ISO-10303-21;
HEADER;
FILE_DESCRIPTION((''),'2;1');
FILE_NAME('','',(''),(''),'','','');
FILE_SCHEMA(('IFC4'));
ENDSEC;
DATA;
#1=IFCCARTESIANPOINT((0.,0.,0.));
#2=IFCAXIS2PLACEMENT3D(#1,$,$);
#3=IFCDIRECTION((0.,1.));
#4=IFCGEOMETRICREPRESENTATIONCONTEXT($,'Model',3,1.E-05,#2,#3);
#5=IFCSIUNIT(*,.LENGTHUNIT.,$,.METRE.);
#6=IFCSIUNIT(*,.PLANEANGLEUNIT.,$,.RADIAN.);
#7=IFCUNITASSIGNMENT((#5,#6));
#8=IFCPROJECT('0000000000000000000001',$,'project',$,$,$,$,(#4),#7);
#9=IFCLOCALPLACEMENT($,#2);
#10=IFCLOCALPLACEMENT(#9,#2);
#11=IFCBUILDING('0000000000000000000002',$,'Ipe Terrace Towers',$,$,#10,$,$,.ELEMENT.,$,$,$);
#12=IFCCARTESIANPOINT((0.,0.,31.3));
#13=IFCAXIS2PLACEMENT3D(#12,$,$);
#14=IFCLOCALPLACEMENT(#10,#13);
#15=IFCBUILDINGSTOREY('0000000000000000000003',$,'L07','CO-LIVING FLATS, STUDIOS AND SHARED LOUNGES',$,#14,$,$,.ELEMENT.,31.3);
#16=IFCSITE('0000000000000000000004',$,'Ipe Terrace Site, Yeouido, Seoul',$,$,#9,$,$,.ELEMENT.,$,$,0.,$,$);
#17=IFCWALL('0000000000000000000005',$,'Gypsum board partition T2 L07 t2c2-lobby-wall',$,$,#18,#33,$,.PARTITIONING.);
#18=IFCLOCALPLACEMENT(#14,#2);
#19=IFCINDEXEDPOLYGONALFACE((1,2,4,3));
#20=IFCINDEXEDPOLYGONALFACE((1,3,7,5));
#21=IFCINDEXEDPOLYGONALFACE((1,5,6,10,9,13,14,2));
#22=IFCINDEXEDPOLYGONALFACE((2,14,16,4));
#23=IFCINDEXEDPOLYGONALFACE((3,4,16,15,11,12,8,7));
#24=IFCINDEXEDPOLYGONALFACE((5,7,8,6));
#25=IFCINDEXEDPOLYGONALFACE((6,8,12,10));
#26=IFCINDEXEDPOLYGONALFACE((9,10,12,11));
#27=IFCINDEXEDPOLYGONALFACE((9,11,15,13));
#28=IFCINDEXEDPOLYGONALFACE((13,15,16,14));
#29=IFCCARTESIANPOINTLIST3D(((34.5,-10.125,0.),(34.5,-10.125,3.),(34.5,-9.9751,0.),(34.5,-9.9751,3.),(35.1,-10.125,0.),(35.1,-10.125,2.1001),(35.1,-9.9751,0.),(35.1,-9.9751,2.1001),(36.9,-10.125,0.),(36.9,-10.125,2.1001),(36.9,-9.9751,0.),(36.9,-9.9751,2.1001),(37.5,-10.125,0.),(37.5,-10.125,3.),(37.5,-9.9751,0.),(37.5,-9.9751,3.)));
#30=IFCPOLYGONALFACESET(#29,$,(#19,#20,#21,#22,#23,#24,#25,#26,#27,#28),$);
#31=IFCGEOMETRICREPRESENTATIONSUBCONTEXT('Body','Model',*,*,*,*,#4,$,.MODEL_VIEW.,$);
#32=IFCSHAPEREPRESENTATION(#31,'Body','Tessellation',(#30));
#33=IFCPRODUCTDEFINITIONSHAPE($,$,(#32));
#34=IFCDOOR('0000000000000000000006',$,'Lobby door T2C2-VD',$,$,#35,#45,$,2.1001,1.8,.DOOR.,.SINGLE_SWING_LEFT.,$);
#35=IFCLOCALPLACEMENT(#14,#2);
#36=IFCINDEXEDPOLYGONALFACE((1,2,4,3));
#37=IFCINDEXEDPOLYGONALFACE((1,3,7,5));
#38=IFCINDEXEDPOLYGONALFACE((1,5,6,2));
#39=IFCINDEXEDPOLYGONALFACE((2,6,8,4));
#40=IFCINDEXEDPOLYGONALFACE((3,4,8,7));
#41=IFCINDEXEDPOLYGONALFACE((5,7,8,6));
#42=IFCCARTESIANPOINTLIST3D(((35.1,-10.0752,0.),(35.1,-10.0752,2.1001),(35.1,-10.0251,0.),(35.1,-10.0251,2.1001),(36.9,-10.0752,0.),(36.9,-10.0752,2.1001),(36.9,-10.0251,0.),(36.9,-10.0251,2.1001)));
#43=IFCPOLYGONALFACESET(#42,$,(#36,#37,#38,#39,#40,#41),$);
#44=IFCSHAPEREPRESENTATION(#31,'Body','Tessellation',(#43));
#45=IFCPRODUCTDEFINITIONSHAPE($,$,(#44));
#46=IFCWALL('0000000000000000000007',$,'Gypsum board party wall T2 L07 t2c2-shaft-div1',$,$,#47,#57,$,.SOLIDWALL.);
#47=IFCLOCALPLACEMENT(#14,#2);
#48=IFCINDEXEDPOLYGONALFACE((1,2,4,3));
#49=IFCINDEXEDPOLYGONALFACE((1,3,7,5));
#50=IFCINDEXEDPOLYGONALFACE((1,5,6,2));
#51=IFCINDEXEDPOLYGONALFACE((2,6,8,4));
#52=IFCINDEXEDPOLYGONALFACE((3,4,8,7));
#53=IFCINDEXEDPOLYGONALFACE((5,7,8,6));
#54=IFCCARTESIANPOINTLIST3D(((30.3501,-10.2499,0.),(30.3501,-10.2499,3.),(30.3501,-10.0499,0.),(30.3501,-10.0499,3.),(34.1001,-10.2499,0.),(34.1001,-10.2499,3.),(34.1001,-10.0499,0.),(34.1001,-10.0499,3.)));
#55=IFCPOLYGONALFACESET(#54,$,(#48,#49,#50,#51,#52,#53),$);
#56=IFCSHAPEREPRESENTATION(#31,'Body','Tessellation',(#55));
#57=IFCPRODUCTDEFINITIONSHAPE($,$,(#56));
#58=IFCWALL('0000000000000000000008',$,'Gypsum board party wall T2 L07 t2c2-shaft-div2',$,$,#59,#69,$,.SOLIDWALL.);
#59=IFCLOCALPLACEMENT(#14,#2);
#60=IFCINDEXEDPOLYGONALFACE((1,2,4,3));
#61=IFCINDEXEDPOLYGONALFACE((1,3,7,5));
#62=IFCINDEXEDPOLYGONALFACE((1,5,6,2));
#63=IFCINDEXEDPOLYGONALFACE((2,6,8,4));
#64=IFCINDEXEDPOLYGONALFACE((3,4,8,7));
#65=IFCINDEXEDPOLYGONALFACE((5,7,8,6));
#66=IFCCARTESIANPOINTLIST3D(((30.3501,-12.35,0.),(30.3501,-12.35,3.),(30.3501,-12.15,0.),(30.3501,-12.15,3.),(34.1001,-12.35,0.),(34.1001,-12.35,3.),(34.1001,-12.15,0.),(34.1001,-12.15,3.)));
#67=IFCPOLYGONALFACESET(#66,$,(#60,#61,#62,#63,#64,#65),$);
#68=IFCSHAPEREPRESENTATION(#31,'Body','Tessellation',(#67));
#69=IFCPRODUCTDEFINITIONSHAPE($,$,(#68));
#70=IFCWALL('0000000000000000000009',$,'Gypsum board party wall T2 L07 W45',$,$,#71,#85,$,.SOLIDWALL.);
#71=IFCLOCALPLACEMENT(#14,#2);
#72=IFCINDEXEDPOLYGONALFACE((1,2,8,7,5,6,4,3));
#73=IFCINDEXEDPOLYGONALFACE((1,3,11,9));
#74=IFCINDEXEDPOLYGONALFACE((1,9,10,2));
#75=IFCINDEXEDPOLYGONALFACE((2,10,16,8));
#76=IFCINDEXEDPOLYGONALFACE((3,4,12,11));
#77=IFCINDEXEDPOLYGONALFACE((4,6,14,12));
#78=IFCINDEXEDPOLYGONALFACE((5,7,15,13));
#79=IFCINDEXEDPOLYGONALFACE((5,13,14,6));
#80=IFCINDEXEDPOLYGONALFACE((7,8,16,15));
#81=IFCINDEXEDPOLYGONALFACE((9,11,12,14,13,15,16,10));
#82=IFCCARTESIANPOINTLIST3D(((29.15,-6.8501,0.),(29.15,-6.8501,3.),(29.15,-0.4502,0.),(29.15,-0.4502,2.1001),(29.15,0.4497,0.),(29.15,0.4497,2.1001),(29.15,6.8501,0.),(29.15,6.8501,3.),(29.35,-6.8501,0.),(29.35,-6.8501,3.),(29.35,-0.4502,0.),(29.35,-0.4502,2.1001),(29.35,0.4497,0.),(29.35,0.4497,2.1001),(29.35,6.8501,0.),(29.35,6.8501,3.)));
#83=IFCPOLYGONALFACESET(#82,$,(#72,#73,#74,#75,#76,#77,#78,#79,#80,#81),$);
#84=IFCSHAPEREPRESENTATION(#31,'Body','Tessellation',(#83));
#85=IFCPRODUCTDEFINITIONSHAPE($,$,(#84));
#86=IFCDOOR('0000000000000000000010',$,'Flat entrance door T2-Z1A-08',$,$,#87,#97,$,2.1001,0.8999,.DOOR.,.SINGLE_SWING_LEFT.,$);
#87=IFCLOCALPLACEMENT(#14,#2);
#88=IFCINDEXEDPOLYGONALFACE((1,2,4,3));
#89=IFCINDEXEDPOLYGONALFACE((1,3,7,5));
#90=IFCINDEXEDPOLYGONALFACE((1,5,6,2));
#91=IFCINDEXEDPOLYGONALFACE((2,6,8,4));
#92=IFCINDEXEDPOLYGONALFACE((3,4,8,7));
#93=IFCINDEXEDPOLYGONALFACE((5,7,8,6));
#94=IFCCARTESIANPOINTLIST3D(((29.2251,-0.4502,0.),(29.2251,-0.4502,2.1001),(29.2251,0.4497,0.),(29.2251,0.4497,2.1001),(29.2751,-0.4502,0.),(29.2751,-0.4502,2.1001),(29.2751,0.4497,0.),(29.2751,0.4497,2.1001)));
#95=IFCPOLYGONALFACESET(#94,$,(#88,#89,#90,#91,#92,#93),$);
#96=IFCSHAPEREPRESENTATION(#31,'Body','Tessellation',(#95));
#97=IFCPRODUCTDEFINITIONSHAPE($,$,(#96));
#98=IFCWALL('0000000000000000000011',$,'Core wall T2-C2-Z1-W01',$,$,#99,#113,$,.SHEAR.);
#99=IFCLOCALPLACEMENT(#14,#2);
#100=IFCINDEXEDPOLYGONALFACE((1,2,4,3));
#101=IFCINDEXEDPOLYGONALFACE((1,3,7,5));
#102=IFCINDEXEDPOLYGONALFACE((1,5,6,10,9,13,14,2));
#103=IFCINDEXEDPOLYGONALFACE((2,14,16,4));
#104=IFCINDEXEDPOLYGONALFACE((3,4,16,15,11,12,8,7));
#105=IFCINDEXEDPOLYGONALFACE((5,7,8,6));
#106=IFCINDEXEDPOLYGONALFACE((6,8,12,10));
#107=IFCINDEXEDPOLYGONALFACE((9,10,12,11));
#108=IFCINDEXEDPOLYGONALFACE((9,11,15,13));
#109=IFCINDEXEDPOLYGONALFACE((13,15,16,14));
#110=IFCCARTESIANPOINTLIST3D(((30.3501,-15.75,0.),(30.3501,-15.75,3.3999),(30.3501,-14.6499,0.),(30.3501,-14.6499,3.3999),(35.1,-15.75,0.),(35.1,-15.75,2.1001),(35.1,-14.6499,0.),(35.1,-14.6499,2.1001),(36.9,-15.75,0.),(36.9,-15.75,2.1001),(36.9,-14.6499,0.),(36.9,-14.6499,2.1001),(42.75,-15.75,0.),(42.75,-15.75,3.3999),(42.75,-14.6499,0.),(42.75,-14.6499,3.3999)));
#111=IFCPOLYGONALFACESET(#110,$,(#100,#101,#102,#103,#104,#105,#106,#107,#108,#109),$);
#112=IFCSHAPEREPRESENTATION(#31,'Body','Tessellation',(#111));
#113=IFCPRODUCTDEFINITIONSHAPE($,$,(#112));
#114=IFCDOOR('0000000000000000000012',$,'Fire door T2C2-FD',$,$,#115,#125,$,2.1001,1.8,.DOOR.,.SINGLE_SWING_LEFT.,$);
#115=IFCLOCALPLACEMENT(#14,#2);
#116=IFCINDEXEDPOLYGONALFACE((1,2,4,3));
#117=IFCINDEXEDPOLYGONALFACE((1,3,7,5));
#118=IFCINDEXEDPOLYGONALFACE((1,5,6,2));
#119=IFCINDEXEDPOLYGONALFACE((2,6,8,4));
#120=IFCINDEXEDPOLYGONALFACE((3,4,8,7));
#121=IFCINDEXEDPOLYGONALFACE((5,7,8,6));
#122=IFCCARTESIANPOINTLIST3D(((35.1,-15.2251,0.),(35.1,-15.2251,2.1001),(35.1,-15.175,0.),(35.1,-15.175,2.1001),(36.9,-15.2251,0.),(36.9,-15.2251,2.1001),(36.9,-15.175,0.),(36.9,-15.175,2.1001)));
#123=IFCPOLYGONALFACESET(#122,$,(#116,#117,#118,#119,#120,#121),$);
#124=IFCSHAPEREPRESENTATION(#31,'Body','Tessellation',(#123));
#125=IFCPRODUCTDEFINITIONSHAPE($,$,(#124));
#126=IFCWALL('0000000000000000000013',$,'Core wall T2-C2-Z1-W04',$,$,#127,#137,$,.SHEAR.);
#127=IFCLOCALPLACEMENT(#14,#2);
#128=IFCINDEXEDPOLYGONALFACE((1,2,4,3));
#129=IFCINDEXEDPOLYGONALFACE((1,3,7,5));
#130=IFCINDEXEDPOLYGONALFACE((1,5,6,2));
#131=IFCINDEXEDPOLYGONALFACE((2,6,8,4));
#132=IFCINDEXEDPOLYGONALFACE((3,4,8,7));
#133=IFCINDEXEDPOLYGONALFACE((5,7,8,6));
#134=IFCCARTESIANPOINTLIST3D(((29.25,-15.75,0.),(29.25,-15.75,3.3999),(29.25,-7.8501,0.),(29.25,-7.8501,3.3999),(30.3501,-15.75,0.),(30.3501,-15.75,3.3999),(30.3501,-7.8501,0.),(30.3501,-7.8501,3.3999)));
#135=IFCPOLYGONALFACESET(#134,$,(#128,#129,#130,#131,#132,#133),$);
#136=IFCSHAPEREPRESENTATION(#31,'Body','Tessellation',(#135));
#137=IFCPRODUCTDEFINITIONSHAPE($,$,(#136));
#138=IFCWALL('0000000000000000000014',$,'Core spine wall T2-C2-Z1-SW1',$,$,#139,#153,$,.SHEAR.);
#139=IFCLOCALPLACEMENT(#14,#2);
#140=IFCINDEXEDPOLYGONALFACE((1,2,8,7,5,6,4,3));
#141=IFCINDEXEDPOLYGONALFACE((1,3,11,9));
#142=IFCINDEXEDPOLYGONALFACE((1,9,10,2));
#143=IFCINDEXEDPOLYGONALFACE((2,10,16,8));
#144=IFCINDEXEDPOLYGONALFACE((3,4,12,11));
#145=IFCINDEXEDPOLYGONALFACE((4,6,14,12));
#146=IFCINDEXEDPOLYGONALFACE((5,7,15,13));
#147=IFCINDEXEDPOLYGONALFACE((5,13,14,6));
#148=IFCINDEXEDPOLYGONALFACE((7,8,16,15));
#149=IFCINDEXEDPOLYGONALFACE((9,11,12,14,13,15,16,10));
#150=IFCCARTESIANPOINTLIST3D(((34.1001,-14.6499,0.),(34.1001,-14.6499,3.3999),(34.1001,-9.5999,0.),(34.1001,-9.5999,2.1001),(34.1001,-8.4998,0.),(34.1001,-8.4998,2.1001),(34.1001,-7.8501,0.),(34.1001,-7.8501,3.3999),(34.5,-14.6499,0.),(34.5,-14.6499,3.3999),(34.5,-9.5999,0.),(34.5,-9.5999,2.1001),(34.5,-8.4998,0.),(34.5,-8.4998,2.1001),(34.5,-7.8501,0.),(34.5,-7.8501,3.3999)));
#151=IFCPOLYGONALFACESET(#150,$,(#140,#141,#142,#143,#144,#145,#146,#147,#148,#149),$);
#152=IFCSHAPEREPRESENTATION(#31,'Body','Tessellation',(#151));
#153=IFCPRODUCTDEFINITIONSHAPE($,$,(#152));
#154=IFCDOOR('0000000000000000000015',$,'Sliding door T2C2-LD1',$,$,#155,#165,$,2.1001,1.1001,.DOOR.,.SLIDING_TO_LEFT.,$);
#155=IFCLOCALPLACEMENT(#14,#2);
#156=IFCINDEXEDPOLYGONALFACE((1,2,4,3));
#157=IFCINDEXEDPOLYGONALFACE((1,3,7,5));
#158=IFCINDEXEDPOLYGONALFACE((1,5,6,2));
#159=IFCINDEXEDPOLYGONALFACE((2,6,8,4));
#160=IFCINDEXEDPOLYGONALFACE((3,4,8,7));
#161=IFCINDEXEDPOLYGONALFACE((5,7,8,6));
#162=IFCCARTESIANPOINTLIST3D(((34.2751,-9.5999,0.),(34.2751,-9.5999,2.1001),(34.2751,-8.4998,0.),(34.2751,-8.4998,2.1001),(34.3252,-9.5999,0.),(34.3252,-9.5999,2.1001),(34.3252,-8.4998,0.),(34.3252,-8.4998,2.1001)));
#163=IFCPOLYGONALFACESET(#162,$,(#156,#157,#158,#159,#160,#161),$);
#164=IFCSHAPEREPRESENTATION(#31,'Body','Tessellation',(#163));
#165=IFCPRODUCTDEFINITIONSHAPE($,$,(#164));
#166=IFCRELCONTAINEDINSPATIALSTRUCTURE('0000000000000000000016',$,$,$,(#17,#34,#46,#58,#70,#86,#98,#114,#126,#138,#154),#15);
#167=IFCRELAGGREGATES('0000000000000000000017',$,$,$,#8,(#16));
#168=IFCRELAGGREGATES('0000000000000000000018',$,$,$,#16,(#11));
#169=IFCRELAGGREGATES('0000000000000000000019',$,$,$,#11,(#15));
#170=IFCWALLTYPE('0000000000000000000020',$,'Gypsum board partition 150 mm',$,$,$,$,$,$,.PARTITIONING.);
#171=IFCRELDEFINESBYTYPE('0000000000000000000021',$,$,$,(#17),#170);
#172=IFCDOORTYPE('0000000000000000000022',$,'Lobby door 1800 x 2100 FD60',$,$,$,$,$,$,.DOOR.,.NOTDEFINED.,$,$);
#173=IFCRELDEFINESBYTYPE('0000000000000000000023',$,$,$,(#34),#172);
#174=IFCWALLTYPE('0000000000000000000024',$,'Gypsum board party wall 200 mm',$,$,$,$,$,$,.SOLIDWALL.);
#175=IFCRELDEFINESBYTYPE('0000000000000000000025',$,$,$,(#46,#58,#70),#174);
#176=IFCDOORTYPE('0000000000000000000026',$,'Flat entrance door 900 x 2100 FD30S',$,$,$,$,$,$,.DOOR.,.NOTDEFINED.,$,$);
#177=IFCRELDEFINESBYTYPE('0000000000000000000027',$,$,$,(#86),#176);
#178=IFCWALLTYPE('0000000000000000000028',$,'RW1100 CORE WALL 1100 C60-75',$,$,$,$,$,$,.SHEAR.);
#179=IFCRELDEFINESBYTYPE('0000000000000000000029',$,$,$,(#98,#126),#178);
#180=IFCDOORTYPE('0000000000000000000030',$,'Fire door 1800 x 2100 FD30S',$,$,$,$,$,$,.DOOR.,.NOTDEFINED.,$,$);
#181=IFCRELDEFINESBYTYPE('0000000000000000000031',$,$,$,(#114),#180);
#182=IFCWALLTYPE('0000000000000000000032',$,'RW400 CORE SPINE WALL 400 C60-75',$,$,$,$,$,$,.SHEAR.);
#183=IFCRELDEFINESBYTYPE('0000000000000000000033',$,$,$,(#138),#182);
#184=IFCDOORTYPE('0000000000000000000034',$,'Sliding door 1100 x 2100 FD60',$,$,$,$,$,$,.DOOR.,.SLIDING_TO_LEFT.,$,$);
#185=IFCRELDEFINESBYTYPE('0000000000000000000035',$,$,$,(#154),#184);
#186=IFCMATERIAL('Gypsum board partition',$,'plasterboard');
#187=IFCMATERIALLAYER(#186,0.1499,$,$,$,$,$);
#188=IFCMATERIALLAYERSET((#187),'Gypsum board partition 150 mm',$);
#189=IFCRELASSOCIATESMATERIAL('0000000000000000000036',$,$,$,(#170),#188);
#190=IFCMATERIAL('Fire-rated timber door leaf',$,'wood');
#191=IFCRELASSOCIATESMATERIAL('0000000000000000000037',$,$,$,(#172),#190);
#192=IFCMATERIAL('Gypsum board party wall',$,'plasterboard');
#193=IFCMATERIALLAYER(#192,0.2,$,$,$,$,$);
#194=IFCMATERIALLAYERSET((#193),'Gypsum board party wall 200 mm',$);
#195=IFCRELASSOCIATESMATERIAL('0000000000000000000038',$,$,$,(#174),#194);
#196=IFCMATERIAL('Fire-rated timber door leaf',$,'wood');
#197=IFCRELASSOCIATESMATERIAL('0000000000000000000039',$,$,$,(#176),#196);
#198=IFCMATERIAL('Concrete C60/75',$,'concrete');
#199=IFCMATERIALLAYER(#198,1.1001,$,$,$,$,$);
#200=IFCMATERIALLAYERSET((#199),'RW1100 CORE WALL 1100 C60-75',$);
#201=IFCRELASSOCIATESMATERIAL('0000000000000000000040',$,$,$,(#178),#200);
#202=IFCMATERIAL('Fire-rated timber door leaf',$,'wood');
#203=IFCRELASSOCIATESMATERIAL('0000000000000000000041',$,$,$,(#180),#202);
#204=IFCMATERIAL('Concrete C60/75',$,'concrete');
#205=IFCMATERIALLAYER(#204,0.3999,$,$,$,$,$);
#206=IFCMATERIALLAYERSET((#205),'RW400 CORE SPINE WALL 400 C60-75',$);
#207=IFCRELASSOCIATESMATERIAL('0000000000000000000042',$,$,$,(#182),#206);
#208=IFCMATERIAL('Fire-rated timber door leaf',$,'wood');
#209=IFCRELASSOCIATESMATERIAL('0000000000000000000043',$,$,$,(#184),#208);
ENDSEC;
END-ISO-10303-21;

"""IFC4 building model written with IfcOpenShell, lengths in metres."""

from ifc_helpers import new_model, si_unit, direction, frame, frame_2d, origin, place, context, subcontext, project, spatial, rectangle, extrude, material, layer, layer_set, type_object, element, fill, save


model = new_model("IFC4")

# Units and contexts
model_context = context("Model", 3, precision=1e-05, world=origin(), true_north=direction((0.0, 1.0)))
body_context = subcontext(model_context, "Body", "Model", "MODEL_VIEW")
ifc_project = project(units=[si_unit("LENGTHUNIT", "METRE"), si_unit("PLANEANGLEUNIT", "RADIAN")], contexts=[model_context])

# Site, building, storey
site_placement = place(None, origin())
site = spatial("IfcSite", under=ifc_project, at=site_placement, Name="Ipe Terrace Site, Yeouido, Seoul", CompositionType="ELEMENT", RefElevation=0.0)
building_placement = place(site_placement, origin())
building = spatial("IfcBuilding", under=site, at=building_placement, Name="Ipe Terrace Towers", CompositionType="ELEMENT")
storey_placement = place(building_placement, frame((0.0, 0.0, 31.3)))
storey = spatial("IfcBuildingStorey", under=building, at=storey_placement, Name="L07", Description="CO-LIVING FLATS, STUDIOS AND SHARED LOUNGES", CompositionType="ELEMENT", Elevation=31.3)

# Wall, opening, door
ifc_material_1 = material(Name="Gypsum board partition", Category="plasterboard")
ifc_layer_1 = layer(ifc_material_1, 0.1499)
ifc_layer_set_1 = layer_set([ifc_layer_1], Name="Gypsum board partition 150 mm")
wall_type_1 = type_object("IfcWallType", Name="Gypsum board partition 150 mm", PredefinedType="PARTITIONING", material=ifc_layer_set_1)
wall_1_placement = place(storey_placement, frame((34.5, -10.05, 0.0), z_axis=(0.0, 0.0, 1.0), x_axis=(1.0, 0.0, 0.0)))
wall_1 = element("IfcWall", 1, at=wall_1_placement, inside=storey, type_object=wall_type_1, Name="Gypsum board partition T2 L07 t2c2-lobby-wall", PredefinedType="PARTITIONING", context=body_context, shape_type="SweptSolid", body=[
    extrude(rectangle(XDim=3.0, YDim=0.1499, at=frame_2d((1.5, 0.0))), origin(), (0.0, 0.0, 1.0), 3.0),
])
opening_1_placement = place(wall_1_placement, frame((0.6001, 0.0, 0.0)))
opening_1 = element("IfcOpeningElement", 2, at=opening_1_placement, cuts=wall_1, PredefinedType="OPENING", context=body_context, shape_type="SweptSolid", body=[
    extrude(rectangle(XDim=1.8, YDim=2.1001, at=frame_2d((0.8999, 1.05))), frame((0.0, 0.085, 0.0), z_axis=(0.0, -1.0, 0.0), x_axis=(1.0, 0.0, 0.0)), (0.0, 0.0, 1.0), 0.1699),
])
ifc_material_2 = material(Name="Fire-rated timber door leaf", Category="wood")
door_type_1 = type_object("IfcDoorType", Name="Lobby door 1800 x 2100 FD60", OperationType="NOTDEFINED", PredefinedType="DOOR", material=ifc_material_2)
door_1_placement = place(opening_1_placement, origin())
door_1 = element("IfcDoor", 3, at=door_1_placement, inside=storey, type_object=door_type_1, Name="Lobby door T2C2-VD", OperationType="SINGLE_SWING_LEFT", OverallHeight=2.1001, OverallWidth=1.8, PredefinedType="DOOR", context=body_context, shape_type="SweptSolid", body=[
    extrude(rectangle(XDim=1.8, YDim=2.1001, at=frame_2d((0.8999, 1.05))), frame((0.0, 0.0249, 0.0), z_axis=(0.0, -1.0, 0.0), x_axis=(1.0, 0.0, 0.0)), (0.0, 0.0, 1.0), 0.05),
])
fill(opening_1, door_1)

# Walls
ifc_material_3 = material(Name="Gypsum board party wall", Category="plasterboard")
ifc_layer_2 = layer(ifc_material_3, 0.2)
ifc_layer_set_2 = layer_set([ifc_layer_2], Name="Gypsum board party wall 200 mm")
wall_type_2 = type_object("IfcWallType", Name="Gypsum board party wall 200 mm", PredefinedType="SOLIDWALL", material=ifc_layer_set_2)
for number, where, z_axis, x_axis, name in (
    (4, (30.3501, -10.1499, 0.0), (0.0, 0.0, 1.0), (1.0, 0.0, 0.0), "Gypsum board party wall T2 L07 t2c2-shaft-div1"),
    (5, (30.3501, -12.25, 0.0), (0.0, 0.0, 1.0), (1.0, 0.0, 0.0), "Gypsum board party wall T2 L07 t2c2-shaft-div2"),
):
    element("IfcWall", number, at=place(storey_placement, frame(where, z_axis=z_axis, x_axis=x_axis)), inside=storey, type_object=wall_type_2, Name=name, PredefinedType="SOLIDWALL", context=body_context, shape_type="SweptSolid", body=[
        extrude(rectangle(XDim=3.75, YDim=0.2, at=frame_2d((1.875, 0.0))), origin(), (0.0, 0.0, 1.0), 3.0),
    ])

# Walls, openings, doors
wall_2_placement = place(storey_placement, frame((29.25, -6.8501, 0.0), z_axis=(0.0, 0.0, 1.0), x_axis=(0.0, 1.0, 0.0)))
wall_2 = element("IfcWall", 6, at=wall_2_placement, inside=storey, type_object=wall_type_2, Name="Gypsum board party wall T2 L07 W45", PredefinedType="SOLIDWALL", context=body_context, shape_type="SweptSolid", body=[
    extrude(rectangle(XDim=13.7002, YDim=0.2, at=frame_2d((6.8501, 0.0))), origin(), (0.0, 0.0, 1.0), 3.0),
])
opening_2_placement = place(wall_2_placement, frame((6.3999, 0.0, 0.0)))
opening_2 = element("IfcOpeningElement", 7, at=opening_2_placement, cuts=wall_2, PredefinedType="OPENING", context=body_context, shape_type="SweptSolid", body=[
    extrude(rectangle(XDim=0.8999, YDim=2.1001, at=frame_2d((0.45, 1.05))), frame((0.0, 0.1099, 0.0), z_axis=(0.0, -1.0, 0.0), x_axis=(1.0, 0.0, 0.0)), (0.0, 0.0, 1.0), 0.22),
])
ifc_material_4 = material(Name="Fire-rated timber door leaf", Category="wood")
door_type_2 = type_object("IfcDoorType", Name="Flat entrance door 900 x 2100 FD30S", OperationType="NOTDEFINED", PredefinedType="DOOR", material=ifc_material_4)
door_2_placement = place(opening_2_placement, origin())
door_2 = element("IfcDoor", 8, at=door_2_placement, inside=storey, type_object=door_type_2, Name="Flat entrance door T2-Z1A-08", OperationType="SINGLE_SWING_LEFT", OverallHeight=2.1001, OverallWidth=0.8999, PredefinedType="DOOR", context=body_context, shape_type="SweptSolid", body=[
    extrude(rectangle(XDim=0.8999, YDim=2.1001, at=frame_2d((0.45, 1.05))), frame((0.0, 0.0249, 0.0), z_axis=(0.0, -1.0, 0.0), x_axis=(1.0, 0.0, 0.0)), (0.0, 0.0, 1.0), 0.05),
])
fill(opening_2, door_2)
ifc_material_5 = material(Name="Concrete C60/75", Category="concrete")
ifc_layer_3 = layer(ifc_material_5, 1.1001)
ifc_layer_set_3 = layer_set([ifc_layer_3], Name="RW1100 CORE WALL 1100 C60-75")
wall_type_3 = type_object("IfcWallType", Name="RW1100 CORE WALL 1100 C60-75", PredefinedType="SHEAR", material=ifc_layer_set_3)
wall_3_placement = place(storey_placement, frame((30.3501, -15.2, 0.0), z_axis=(0.0, 0.0, 1.0), x_axis=(1.0, 0.0, 0.0)))
wall_3 = element("IfcWall", 9, at=wall_3_placement, inside=storey, type_object=wall_type_3, Name="Core wall T2-C2-Z1-W01", PredefinedType="SHEAR", context=body_context, shape_type="SweptSolid", body=[
    extrude(rectangle(XDim=12.3999, YDim=1.1001, at=frame_2d((6.2, 0.0))), origin(), (0.0, 0.0, 1.0), 3.3999),
])
opening_3_placement = place(wall_3_placement, frame((4.75, 0.0, 0.0)))
opening_3 = element("IfcOpeningElement", 10, at=opening_3_placement, cuts=wall_3, PredefinedType="OPENING", context=body_context, shape_type="SweptSolid", body=[
    extrude(rectangle(XDim=1.8, YDim=2.1001, at=frame_2d((0.8999, 1.05))), frame((0.0, 0.5601, 0.0), z_axis=(0.0, -1.0, 0.0), x_axis=(1.0, 0.0, 0.0)), (0.0, 0.0, 1.0), 1.1201),
])
ifc_material_6 = material(Name="Fire-rated timber door leaf", Category="wood")
door_type_3 = type_object("IfcDoorType", Name="Fire door 1800 x 2100 FD30S", OperationType="NOTDEFINED", PredefinedType="DOOR", material=ifc_material_6)
door_3_placement = place(opening_3_placement, origin())
door_3 = element("IfcDoor", 11, at=door_3_placement, inside=storey, type_object=door_type_3, Name="Fire door T2C2-FD", OperationType="SINGLE_SWING_LEFT", OverallHeight=2.1001, OverallWidth=1.8, PredefinedType="DOOR", context=body_context, shape_type="SweptSolid", body=[
    extrude(rectangle(XDim=1.8, YDim=2.1001, at=frame_2d((0.8999, 1.05))), frame((0.0, 0.0249, 0.0), z_axis=(0.0, -1.0, 0.0), x_axis=(1.0, 0.0, 0.0)), (0.0, 0.0, 1.0), 0.05),
])
fill(opening_3, door_3)

# Wall
wall_4_placement = place(storey_placement, frame((29.8, -7.8501, 0.0), z_axis=(0.0, 0.0, 1.0), x_axis=(0.0, -1.0, 0.0)))
element("IfcWall", 12, at=wall_4_placement, inside=storey, type_object=wall_type_3, Name="Core wall T2-C2-Z1-W04", PredefinedType="SHEAR", context=body_context, shape_type="SweptSolid", body=[
    extrude(rectangle(XDim=7.8999, YDim=1.1001, at=frame_2d((3.95, 0.0))), origin(), (0.0, 0.0, 1.0), 3.3999),
])

# Wall, opening, door
ifc_material_7 = material(Name="Concrete C60/75", Category="concrete")
ifc_layer_4 = layer(ifc_material_7, 0.3999)
ifc_layer_set_4 = layer_set([ifc_layer_4], Name="RW400 CORE SPINE WALL 400 C60-75")
wall_type_4 = type_object("IfcWallType", Name="RW400 CORE SPINE WALL 400 C60-75", PredefinedType="SHEAR", material=ifc_layer_set_4)
wall_5_placement = place(storey_placement, frame((34.3, -14.6499, 0.0), z_axis=(0.0, 0.0, 1.0), x_axis=(0.0, 1.0, 0.0)))
wall_5 = element("IfcWall", 13, at=wall_5_placement, inside=storey, type_object=wall_type_4, Name="Core spine wall T2-C2-Z1-SW1", PredefinedType="SHEAR", context=body_context, shape_type="SweptSolid", body=[
    extrude(rectangle(XDim=6.7998, YDim=0.3999, at=frame_2d((3.3999, 0.0))), origin(), (0.0, 0.0, 1.0), 3.3999),
])
opening_4_placement = place(wall_5_placement, frame((5.05, 0.0, 0.0)))
opening_4 = element("IfcOpeningElement", 14, at=opening_4_placement, cuts=wall_5, PredefinedType="OPENING", context=body_context, shape_type="SweptSolid", body=[
    extrude(rectangle(XDim=1.1001, YDim=2.1001, at=frame_2d((0.55, 1.05))), frame((0.0, 0.21, 0.0), z_axis=(0.0, -1.0, 0.0), x_axis=(1.0, 0.0, 0.0)), (0.0, 0.0, 1.0), 0.4199),
])
ifc_material_8 = material(Name="Fire-rated timber door leaf", Category="wood")
door_type_4 = type_object("IfcDoorType", Name="Sliding door 1100 x 2100 FD60", OperationType="SLIDING_TO_LEFT", PredefinedType="DOOR", material=ifc_material_8)
door_4_placement = place(opening_4_placement, origin())
door_4 = element("IfcDoor", 15, at=door_4_placement, inside=storey, type_object=door_type_4, Name="Sliding door T2C2-LD1", OperationType="SLIDING_TO_LEFT", OverallHeight=2.1001, OverallWidth=1.1001, PredefinedType="DOOR", context=body_context, shape_type="SweptSolid", body=[
    extrude(rectangle(XDim=1.1001, YDim=2.1001, at=frame_2d((0.55, 1.05))), frame((0.0, 0.0249, 0.0), z_axis=(0.0, -1.0, 0.0), x_axis=(1.0, 0.0, 0.0)), (0.0, 0.0, 1.0), 0.05),
])
fill(opening_4, door_4)

save(model, "model.ifc")
